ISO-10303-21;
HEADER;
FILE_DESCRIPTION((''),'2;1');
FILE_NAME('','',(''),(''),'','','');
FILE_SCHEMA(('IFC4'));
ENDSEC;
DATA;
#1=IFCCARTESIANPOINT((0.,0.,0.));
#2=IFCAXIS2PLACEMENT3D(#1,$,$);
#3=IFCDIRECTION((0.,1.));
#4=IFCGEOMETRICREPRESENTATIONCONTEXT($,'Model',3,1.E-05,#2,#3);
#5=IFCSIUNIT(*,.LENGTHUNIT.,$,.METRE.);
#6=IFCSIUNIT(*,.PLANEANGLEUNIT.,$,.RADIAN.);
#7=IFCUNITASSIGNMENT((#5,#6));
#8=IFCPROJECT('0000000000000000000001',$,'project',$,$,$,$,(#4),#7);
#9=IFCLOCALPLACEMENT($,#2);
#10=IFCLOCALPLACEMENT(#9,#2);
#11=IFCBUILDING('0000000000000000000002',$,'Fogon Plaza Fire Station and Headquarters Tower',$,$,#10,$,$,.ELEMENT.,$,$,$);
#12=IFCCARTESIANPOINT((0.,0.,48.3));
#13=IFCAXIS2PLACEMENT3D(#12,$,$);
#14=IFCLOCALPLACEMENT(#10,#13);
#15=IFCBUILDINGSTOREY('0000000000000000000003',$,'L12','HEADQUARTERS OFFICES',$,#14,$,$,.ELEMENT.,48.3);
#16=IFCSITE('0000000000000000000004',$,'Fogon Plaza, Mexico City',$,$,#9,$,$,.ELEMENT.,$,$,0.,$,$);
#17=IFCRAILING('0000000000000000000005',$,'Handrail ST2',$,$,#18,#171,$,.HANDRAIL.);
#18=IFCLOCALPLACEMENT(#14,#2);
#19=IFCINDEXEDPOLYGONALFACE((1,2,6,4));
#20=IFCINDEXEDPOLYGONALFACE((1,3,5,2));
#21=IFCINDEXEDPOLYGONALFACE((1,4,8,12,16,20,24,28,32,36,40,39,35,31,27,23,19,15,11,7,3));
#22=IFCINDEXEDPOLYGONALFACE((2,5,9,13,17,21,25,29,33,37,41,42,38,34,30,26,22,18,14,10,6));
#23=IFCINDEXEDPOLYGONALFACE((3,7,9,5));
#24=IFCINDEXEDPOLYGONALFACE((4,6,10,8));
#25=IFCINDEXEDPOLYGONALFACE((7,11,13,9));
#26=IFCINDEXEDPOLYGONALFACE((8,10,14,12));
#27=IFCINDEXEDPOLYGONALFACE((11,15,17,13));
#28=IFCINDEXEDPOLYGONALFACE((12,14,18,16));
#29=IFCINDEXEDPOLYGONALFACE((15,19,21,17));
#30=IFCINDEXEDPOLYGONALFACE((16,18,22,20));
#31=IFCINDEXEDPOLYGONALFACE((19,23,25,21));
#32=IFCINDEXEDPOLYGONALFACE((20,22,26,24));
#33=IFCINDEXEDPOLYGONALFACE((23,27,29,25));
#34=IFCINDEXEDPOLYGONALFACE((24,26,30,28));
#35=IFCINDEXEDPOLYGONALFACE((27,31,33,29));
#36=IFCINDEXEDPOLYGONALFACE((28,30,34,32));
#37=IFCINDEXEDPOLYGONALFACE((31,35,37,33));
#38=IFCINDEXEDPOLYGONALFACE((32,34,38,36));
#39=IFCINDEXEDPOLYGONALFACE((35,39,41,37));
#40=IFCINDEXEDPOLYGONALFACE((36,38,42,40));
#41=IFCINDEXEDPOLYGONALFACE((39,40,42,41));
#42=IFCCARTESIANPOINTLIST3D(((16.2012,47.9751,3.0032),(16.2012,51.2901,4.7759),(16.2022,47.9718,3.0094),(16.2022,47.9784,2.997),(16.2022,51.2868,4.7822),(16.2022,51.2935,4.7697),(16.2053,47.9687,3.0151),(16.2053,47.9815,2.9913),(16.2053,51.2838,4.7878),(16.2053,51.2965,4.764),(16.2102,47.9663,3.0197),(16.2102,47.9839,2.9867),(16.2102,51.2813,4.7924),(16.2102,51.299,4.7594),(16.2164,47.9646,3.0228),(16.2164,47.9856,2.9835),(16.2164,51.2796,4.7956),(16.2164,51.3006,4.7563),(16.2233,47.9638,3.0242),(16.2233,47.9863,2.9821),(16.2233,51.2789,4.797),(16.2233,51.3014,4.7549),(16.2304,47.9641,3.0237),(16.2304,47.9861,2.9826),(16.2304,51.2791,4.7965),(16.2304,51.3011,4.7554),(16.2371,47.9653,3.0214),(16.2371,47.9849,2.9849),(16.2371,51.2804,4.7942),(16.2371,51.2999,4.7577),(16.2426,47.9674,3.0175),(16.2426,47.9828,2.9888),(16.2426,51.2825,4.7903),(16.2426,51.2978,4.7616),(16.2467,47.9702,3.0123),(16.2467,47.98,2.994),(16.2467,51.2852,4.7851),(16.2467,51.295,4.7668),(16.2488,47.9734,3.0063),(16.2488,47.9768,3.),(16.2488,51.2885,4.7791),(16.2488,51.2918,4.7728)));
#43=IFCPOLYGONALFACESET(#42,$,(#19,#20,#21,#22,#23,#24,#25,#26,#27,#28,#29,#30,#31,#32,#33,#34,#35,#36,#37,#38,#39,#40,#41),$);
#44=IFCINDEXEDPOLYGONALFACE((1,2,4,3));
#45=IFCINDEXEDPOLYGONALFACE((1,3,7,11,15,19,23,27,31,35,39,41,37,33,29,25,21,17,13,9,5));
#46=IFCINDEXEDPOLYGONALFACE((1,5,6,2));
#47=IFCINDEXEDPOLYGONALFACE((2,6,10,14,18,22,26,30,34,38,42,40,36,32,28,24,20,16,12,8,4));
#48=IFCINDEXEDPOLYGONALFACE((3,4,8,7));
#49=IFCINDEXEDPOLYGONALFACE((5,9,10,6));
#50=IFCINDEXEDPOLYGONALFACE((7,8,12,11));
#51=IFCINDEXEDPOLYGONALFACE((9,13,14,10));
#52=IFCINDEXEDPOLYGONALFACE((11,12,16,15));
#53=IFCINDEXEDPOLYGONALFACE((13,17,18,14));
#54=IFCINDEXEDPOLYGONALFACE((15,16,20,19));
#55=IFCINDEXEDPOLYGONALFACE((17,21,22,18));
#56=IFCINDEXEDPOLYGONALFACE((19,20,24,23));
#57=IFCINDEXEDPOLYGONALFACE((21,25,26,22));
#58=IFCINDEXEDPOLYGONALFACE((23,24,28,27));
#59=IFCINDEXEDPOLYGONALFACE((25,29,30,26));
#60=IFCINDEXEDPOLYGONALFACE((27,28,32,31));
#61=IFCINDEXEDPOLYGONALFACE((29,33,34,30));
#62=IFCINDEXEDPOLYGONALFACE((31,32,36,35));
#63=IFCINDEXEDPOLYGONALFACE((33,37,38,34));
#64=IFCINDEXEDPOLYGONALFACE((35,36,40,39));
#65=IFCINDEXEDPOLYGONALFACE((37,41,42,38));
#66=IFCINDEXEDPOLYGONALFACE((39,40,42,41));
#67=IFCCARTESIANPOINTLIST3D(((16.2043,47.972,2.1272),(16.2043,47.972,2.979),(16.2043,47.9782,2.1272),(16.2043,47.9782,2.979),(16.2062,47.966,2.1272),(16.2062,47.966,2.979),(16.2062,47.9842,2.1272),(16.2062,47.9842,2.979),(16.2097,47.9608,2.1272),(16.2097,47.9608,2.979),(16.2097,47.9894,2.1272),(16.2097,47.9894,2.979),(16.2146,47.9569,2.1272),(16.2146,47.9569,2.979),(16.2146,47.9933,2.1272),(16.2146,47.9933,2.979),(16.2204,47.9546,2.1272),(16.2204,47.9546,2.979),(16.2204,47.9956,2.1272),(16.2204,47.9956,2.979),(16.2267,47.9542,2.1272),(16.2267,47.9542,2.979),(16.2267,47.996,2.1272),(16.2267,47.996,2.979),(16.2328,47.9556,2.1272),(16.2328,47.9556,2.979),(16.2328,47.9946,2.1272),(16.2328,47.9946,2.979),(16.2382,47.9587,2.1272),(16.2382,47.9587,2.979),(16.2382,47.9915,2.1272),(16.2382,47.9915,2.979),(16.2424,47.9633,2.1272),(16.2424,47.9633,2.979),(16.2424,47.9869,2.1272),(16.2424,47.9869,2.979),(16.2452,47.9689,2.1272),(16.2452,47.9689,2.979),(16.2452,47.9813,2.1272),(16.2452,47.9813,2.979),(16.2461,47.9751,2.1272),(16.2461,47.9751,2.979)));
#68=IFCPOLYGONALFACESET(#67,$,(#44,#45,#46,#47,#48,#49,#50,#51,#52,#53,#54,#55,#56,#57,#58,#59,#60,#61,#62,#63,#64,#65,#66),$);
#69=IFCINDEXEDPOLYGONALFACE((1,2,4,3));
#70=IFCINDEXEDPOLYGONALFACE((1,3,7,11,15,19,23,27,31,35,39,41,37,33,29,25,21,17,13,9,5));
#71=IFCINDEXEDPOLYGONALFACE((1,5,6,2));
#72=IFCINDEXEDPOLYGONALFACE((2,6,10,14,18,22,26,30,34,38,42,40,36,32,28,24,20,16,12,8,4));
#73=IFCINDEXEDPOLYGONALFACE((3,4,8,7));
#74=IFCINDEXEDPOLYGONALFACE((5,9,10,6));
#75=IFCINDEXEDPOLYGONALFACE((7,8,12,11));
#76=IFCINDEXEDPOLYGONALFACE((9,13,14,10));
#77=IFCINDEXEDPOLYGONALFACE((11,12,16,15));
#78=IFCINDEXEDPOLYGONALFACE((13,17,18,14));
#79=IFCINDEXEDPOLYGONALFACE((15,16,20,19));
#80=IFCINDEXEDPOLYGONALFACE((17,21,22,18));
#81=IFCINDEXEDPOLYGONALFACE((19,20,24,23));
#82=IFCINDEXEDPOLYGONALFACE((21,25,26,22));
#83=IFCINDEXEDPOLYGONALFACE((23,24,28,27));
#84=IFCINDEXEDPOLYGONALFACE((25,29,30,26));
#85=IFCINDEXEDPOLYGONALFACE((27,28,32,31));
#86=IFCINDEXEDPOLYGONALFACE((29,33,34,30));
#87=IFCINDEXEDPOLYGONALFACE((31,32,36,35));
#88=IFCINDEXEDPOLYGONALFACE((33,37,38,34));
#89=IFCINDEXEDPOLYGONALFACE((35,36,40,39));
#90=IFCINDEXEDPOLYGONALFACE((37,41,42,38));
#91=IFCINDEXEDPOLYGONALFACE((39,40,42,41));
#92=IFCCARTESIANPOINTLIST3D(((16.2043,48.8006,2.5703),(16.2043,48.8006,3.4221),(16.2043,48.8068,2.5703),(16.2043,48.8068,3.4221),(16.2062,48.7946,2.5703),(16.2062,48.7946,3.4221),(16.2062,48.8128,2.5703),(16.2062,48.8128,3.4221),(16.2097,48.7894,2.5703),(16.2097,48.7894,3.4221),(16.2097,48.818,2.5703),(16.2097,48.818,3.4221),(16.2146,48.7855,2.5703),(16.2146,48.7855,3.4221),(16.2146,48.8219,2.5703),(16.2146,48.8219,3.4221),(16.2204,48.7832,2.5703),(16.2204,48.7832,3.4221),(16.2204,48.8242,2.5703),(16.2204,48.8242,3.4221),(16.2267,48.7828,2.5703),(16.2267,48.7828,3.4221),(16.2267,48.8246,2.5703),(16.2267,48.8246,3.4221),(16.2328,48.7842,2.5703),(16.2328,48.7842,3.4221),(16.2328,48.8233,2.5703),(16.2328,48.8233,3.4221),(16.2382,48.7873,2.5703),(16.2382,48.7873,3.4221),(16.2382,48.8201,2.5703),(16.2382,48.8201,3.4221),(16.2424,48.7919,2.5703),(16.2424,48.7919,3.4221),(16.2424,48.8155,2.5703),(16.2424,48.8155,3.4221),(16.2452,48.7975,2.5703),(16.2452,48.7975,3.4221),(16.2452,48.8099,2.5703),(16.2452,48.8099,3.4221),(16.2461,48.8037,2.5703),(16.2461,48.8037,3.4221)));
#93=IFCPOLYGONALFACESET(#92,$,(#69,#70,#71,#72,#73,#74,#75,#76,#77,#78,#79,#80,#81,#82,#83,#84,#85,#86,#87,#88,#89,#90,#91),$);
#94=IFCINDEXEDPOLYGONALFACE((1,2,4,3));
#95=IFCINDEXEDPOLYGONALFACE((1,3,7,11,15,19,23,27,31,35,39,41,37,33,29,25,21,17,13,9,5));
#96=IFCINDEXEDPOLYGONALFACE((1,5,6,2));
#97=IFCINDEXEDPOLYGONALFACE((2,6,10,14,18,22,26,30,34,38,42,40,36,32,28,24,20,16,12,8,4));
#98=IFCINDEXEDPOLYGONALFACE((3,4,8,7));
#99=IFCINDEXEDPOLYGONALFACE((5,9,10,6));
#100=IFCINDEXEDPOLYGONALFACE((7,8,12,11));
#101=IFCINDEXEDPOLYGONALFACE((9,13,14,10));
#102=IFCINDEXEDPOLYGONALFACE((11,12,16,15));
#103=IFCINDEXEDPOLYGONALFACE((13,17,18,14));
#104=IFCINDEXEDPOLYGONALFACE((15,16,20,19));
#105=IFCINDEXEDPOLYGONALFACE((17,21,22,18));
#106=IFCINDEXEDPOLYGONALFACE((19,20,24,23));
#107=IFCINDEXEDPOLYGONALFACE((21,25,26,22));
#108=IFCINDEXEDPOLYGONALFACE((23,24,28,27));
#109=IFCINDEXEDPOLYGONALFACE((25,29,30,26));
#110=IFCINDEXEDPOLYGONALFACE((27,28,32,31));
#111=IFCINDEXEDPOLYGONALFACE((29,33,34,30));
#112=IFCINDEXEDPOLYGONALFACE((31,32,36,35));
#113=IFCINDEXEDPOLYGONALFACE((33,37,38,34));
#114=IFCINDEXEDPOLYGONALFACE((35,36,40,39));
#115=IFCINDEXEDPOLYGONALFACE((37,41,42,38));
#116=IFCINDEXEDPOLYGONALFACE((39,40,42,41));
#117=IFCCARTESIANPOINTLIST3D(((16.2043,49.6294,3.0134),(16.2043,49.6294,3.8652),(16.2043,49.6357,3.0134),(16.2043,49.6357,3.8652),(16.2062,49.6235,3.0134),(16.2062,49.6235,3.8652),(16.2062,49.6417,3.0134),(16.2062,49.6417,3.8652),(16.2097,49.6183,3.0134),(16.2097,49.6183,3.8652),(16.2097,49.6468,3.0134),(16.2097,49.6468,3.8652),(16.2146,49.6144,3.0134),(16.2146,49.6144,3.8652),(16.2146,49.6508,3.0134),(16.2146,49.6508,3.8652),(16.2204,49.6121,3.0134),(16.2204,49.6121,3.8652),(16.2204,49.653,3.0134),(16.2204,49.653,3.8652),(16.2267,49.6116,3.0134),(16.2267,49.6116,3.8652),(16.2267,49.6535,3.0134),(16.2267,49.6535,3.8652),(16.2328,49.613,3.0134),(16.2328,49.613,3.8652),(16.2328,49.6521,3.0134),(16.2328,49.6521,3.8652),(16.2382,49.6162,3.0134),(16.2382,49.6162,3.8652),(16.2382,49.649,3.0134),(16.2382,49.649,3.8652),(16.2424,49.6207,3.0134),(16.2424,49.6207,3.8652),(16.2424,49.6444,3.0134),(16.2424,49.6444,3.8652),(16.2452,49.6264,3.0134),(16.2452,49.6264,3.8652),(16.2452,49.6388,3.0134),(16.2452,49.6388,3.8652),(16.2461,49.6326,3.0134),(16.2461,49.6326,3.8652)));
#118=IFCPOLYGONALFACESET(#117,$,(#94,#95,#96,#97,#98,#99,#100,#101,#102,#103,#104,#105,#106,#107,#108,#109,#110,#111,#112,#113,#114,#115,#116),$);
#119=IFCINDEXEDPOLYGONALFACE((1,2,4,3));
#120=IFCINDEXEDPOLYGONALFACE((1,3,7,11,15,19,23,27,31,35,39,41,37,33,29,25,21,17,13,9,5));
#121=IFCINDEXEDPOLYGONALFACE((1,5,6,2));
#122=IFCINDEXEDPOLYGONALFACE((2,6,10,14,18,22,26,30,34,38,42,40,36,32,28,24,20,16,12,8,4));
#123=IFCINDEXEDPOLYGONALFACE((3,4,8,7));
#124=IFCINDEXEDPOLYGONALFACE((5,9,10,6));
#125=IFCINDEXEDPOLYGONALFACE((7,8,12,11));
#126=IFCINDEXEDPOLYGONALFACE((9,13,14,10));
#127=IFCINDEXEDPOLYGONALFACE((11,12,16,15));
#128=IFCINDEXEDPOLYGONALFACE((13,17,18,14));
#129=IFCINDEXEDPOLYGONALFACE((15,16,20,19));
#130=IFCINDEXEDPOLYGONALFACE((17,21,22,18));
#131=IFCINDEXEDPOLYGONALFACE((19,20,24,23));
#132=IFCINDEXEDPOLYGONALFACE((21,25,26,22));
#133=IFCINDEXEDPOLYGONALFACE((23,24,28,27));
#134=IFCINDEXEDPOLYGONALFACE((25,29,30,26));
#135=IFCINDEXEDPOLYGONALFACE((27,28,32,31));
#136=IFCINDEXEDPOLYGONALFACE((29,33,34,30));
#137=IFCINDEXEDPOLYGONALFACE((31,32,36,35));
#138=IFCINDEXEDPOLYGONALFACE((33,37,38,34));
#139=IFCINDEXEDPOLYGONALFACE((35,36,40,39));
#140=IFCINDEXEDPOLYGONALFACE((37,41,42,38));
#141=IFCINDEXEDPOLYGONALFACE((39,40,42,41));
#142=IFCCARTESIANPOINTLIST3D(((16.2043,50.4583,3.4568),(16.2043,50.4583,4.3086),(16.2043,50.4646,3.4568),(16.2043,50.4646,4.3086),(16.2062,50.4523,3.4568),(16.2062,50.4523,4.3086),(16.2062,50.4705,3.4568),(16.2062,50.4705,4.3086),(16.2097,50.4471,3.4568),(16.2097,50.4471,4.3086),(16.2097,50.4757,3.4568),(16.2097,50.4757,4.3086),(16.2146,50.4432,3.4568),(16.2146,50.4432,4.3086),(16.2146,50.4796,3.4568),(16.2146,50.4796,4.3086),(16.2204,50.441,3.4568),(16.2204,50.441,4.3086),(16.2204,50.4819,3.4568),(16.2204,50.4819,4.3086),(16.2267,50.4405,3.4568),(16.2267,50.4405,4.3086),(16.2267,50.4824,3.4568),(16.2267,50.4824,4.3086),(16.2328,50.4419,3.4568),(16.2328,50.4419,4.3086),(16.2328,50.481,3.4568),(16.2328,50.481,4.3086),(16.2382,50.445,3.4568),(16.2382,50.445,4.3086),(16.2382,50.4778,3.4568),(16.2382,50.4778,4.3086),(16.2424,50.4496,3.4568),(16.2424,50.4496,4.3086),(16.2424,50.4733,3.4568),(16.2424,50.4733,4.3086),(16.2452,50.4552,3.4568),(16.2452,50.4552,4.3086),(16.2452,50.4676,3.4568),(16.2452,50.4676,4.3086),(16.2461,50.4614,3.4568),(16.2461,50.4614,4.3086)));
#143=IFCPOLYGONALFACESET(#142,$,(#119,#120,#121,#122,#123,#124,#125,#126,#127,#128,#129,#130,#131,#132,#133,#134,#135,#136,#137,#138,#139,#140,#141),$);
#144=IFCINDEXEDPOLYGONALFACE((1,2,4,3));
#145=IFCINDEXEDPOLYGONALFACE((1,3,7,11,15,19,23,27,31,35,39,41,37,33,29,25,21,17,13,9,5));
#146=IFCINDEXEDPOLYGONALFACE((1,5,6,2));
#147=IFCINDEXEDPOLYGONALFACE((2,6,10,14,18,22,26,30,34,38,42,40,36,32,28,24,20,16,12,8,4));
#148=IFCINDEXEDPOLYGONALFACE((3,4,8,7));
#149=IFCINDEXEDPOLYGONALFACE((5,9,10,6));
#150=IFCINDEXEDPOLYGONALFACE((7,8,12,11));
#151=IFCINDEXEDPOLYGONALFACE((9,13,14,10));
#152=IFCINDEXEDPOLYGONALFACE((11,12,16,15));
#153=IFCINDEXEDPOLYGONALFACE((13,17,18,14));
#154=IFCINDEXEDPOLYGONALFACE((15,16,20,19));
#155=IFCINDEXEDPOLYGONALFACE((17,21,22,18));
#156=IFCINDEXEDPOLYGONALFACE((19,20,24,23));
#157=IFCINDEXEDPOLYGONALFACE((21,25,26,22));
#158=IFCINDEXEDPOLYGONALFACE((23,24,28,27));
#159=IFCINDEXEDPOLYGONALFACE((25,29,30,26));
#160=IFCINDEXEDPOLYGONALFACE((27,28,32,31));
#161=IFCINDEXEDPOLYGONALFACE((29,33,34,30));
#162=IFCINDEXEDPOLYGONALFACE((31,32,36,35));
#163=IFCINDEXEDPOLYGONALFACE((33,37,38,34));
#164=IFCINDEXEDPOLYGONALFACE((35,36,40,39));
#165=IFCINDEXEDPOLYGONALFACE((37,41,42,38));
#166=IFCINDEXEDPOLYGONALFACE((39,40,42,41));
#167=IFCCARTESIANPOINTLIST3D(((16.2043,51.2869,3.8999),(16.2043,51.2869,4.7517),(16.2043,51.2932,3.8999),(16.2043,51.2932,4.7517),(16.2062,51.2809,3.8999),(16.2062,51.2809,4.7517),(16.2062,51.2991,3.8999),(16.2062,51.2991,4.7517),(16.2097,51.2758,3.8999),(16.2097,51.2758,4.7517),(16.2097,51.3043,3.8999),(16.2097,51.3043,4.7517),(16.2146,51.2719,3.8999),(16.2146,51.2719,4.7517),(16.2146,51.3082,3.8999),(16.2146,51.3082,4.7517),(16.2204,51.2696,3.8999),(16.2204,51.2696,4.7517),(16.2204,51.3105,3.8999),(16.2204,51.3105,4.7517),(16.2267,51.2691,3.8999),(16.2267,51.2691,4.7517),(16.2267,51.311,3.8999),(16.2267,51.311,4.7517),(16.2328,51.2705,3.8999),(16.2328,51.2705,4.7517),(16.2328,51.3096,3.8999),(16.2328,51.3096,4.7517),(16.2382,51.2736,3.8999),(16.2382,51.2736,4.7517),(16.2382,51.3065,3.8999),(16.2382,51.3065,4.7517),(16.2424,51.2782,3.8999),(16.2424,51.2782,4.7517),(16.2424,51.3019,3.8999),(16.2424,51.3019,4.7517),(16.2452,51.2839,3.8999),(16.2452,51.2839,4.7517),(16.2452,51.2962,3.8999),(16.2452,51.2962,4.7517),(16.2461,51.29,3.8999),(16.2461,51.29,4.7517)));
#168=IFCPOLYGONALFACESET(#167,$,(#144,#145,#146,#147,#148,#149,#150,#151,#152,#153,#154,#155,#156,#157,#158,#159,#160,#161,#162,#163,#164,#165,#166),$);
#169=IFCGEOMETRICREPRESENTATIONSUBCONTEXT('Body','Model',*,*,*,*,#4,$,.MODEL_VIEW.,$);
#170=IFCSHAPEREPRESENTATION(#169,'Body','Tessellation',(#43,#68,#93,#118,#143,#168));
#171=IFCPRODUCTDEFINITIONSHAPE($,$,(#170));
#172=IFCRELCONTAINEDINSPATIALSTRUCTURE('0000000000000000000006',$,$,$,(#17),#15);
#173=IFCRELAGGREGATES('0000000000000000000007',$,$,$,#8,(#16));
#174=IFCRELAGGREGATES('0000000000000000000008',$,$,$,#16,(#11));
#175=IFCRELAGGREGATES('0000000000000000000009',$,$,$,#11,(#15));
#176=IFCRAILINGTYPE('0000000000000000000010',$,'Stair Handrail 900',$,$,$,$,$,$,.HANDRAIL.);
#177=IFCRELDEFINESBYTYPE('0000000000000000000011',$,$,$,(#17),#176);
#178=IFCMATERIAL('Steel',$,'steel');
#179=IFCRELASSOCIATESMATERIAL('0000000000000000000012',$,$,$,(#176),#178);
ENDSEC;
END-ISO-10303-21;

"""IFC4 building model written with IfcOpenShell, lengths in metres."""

from ifc_helpers import new_model, si_unit, direction, frame, origin, origin_2d, place, context, subcontext, project, spatial, circle, extrude, material, type_object, element, save


model = new_model("IFC4")

# Units and contexts
model_context = context("Model", 3, precision=1e-05, world=origin(), true_north=direction((0.0, 1.0)))
body_context = subcontext(model_context, "Body", "Model", "MODEL_VIEW")
ifc_project = project(units=[si_unit("LENGTHUNIT", "METRE"), si_unit("PLANEANGLEUNIT", "RADIAN")], contexts=[model_context])

# Site, building, storey
site_placement = place(None, origin())
site = spatial("IfcSite", under=ifc_project, at=site_placement, Name="Fogon Plaza, Mexico City", CompositionType="ELEMENT", RefElevation=0.0)
building_placement = place(site_placement, origin())
building = spatial("IfcBuilding", under=site, at=building_placement, Name="Fogon Plaza Fire Station and Headquarters Tower", CompositionType="ELEMENT")
storey_placement = place(building_placement, frame((0.0, 0.0, 48.3)))
storey = spatial("IfcBuildingStorey", under=building, at=storey_placement, Name="L12", Description="HEADQUARTERS OFFICES", CompositionType="ELEMENT", Elevation=48.3)

# Railing
ifc_material_1 = material(Name="Steel", Category="steel")
railing_type = type_object("IfcRailingType", Name="Stair Handrail 900", PredefinedType="HANDRAIL", material=ifc_material_1)
for number, where, name in (
    (1, (16.2251, 47.9751, 2.1272), "Handrail ST2"),
):
    element("IfcRailing", number, at=place(storey_placement, frame(where)), inside=storey, type_object=railing_type, Name=name, PredefinedType="HANDRAIL", context=body_context, shape_type="SweptSolid", body=[
        extrude(circle(Radius=0.0239, at=origin_2d()), frame((0.0, 0.0, 0.876), z_axis=(0.0, 0.881829, 0.471569), x_axis=(-1.0, 0.0, 0.0)), (0.0, 0.0, 1.0), 3.7593),
        extrude(circle(Radius=0.021, at=origin_2d()), origin(), (0.0, 0.0, 1.0), 0.8518),
        extrude(circle(Radius=0.021, at=origin_2d()), frame((0.0, 0.8286, 0.4431)), (0.0, 0.0, 1.0), 0.8518),
        extrude(circle(Radius=0.021, at=origin_2d()), frame((0.0, 1.6575, 0.8862)), (0.0, 0.0, 1.0), 0.8518),
        extrude(circle(Radius=0.021, at=origin_2d()), frame((0.0, 2.4863, 1.3296)), (0.0, 0.0, 1.0), 0.8518),
        extrude(circle(Radius=0.021, at=origin_2d()), frame((0.0, 3.3149, 1.7727)), (0.0, 0.0, 1.0), 0.8518),
    ])

save(model, "model.ifc")
